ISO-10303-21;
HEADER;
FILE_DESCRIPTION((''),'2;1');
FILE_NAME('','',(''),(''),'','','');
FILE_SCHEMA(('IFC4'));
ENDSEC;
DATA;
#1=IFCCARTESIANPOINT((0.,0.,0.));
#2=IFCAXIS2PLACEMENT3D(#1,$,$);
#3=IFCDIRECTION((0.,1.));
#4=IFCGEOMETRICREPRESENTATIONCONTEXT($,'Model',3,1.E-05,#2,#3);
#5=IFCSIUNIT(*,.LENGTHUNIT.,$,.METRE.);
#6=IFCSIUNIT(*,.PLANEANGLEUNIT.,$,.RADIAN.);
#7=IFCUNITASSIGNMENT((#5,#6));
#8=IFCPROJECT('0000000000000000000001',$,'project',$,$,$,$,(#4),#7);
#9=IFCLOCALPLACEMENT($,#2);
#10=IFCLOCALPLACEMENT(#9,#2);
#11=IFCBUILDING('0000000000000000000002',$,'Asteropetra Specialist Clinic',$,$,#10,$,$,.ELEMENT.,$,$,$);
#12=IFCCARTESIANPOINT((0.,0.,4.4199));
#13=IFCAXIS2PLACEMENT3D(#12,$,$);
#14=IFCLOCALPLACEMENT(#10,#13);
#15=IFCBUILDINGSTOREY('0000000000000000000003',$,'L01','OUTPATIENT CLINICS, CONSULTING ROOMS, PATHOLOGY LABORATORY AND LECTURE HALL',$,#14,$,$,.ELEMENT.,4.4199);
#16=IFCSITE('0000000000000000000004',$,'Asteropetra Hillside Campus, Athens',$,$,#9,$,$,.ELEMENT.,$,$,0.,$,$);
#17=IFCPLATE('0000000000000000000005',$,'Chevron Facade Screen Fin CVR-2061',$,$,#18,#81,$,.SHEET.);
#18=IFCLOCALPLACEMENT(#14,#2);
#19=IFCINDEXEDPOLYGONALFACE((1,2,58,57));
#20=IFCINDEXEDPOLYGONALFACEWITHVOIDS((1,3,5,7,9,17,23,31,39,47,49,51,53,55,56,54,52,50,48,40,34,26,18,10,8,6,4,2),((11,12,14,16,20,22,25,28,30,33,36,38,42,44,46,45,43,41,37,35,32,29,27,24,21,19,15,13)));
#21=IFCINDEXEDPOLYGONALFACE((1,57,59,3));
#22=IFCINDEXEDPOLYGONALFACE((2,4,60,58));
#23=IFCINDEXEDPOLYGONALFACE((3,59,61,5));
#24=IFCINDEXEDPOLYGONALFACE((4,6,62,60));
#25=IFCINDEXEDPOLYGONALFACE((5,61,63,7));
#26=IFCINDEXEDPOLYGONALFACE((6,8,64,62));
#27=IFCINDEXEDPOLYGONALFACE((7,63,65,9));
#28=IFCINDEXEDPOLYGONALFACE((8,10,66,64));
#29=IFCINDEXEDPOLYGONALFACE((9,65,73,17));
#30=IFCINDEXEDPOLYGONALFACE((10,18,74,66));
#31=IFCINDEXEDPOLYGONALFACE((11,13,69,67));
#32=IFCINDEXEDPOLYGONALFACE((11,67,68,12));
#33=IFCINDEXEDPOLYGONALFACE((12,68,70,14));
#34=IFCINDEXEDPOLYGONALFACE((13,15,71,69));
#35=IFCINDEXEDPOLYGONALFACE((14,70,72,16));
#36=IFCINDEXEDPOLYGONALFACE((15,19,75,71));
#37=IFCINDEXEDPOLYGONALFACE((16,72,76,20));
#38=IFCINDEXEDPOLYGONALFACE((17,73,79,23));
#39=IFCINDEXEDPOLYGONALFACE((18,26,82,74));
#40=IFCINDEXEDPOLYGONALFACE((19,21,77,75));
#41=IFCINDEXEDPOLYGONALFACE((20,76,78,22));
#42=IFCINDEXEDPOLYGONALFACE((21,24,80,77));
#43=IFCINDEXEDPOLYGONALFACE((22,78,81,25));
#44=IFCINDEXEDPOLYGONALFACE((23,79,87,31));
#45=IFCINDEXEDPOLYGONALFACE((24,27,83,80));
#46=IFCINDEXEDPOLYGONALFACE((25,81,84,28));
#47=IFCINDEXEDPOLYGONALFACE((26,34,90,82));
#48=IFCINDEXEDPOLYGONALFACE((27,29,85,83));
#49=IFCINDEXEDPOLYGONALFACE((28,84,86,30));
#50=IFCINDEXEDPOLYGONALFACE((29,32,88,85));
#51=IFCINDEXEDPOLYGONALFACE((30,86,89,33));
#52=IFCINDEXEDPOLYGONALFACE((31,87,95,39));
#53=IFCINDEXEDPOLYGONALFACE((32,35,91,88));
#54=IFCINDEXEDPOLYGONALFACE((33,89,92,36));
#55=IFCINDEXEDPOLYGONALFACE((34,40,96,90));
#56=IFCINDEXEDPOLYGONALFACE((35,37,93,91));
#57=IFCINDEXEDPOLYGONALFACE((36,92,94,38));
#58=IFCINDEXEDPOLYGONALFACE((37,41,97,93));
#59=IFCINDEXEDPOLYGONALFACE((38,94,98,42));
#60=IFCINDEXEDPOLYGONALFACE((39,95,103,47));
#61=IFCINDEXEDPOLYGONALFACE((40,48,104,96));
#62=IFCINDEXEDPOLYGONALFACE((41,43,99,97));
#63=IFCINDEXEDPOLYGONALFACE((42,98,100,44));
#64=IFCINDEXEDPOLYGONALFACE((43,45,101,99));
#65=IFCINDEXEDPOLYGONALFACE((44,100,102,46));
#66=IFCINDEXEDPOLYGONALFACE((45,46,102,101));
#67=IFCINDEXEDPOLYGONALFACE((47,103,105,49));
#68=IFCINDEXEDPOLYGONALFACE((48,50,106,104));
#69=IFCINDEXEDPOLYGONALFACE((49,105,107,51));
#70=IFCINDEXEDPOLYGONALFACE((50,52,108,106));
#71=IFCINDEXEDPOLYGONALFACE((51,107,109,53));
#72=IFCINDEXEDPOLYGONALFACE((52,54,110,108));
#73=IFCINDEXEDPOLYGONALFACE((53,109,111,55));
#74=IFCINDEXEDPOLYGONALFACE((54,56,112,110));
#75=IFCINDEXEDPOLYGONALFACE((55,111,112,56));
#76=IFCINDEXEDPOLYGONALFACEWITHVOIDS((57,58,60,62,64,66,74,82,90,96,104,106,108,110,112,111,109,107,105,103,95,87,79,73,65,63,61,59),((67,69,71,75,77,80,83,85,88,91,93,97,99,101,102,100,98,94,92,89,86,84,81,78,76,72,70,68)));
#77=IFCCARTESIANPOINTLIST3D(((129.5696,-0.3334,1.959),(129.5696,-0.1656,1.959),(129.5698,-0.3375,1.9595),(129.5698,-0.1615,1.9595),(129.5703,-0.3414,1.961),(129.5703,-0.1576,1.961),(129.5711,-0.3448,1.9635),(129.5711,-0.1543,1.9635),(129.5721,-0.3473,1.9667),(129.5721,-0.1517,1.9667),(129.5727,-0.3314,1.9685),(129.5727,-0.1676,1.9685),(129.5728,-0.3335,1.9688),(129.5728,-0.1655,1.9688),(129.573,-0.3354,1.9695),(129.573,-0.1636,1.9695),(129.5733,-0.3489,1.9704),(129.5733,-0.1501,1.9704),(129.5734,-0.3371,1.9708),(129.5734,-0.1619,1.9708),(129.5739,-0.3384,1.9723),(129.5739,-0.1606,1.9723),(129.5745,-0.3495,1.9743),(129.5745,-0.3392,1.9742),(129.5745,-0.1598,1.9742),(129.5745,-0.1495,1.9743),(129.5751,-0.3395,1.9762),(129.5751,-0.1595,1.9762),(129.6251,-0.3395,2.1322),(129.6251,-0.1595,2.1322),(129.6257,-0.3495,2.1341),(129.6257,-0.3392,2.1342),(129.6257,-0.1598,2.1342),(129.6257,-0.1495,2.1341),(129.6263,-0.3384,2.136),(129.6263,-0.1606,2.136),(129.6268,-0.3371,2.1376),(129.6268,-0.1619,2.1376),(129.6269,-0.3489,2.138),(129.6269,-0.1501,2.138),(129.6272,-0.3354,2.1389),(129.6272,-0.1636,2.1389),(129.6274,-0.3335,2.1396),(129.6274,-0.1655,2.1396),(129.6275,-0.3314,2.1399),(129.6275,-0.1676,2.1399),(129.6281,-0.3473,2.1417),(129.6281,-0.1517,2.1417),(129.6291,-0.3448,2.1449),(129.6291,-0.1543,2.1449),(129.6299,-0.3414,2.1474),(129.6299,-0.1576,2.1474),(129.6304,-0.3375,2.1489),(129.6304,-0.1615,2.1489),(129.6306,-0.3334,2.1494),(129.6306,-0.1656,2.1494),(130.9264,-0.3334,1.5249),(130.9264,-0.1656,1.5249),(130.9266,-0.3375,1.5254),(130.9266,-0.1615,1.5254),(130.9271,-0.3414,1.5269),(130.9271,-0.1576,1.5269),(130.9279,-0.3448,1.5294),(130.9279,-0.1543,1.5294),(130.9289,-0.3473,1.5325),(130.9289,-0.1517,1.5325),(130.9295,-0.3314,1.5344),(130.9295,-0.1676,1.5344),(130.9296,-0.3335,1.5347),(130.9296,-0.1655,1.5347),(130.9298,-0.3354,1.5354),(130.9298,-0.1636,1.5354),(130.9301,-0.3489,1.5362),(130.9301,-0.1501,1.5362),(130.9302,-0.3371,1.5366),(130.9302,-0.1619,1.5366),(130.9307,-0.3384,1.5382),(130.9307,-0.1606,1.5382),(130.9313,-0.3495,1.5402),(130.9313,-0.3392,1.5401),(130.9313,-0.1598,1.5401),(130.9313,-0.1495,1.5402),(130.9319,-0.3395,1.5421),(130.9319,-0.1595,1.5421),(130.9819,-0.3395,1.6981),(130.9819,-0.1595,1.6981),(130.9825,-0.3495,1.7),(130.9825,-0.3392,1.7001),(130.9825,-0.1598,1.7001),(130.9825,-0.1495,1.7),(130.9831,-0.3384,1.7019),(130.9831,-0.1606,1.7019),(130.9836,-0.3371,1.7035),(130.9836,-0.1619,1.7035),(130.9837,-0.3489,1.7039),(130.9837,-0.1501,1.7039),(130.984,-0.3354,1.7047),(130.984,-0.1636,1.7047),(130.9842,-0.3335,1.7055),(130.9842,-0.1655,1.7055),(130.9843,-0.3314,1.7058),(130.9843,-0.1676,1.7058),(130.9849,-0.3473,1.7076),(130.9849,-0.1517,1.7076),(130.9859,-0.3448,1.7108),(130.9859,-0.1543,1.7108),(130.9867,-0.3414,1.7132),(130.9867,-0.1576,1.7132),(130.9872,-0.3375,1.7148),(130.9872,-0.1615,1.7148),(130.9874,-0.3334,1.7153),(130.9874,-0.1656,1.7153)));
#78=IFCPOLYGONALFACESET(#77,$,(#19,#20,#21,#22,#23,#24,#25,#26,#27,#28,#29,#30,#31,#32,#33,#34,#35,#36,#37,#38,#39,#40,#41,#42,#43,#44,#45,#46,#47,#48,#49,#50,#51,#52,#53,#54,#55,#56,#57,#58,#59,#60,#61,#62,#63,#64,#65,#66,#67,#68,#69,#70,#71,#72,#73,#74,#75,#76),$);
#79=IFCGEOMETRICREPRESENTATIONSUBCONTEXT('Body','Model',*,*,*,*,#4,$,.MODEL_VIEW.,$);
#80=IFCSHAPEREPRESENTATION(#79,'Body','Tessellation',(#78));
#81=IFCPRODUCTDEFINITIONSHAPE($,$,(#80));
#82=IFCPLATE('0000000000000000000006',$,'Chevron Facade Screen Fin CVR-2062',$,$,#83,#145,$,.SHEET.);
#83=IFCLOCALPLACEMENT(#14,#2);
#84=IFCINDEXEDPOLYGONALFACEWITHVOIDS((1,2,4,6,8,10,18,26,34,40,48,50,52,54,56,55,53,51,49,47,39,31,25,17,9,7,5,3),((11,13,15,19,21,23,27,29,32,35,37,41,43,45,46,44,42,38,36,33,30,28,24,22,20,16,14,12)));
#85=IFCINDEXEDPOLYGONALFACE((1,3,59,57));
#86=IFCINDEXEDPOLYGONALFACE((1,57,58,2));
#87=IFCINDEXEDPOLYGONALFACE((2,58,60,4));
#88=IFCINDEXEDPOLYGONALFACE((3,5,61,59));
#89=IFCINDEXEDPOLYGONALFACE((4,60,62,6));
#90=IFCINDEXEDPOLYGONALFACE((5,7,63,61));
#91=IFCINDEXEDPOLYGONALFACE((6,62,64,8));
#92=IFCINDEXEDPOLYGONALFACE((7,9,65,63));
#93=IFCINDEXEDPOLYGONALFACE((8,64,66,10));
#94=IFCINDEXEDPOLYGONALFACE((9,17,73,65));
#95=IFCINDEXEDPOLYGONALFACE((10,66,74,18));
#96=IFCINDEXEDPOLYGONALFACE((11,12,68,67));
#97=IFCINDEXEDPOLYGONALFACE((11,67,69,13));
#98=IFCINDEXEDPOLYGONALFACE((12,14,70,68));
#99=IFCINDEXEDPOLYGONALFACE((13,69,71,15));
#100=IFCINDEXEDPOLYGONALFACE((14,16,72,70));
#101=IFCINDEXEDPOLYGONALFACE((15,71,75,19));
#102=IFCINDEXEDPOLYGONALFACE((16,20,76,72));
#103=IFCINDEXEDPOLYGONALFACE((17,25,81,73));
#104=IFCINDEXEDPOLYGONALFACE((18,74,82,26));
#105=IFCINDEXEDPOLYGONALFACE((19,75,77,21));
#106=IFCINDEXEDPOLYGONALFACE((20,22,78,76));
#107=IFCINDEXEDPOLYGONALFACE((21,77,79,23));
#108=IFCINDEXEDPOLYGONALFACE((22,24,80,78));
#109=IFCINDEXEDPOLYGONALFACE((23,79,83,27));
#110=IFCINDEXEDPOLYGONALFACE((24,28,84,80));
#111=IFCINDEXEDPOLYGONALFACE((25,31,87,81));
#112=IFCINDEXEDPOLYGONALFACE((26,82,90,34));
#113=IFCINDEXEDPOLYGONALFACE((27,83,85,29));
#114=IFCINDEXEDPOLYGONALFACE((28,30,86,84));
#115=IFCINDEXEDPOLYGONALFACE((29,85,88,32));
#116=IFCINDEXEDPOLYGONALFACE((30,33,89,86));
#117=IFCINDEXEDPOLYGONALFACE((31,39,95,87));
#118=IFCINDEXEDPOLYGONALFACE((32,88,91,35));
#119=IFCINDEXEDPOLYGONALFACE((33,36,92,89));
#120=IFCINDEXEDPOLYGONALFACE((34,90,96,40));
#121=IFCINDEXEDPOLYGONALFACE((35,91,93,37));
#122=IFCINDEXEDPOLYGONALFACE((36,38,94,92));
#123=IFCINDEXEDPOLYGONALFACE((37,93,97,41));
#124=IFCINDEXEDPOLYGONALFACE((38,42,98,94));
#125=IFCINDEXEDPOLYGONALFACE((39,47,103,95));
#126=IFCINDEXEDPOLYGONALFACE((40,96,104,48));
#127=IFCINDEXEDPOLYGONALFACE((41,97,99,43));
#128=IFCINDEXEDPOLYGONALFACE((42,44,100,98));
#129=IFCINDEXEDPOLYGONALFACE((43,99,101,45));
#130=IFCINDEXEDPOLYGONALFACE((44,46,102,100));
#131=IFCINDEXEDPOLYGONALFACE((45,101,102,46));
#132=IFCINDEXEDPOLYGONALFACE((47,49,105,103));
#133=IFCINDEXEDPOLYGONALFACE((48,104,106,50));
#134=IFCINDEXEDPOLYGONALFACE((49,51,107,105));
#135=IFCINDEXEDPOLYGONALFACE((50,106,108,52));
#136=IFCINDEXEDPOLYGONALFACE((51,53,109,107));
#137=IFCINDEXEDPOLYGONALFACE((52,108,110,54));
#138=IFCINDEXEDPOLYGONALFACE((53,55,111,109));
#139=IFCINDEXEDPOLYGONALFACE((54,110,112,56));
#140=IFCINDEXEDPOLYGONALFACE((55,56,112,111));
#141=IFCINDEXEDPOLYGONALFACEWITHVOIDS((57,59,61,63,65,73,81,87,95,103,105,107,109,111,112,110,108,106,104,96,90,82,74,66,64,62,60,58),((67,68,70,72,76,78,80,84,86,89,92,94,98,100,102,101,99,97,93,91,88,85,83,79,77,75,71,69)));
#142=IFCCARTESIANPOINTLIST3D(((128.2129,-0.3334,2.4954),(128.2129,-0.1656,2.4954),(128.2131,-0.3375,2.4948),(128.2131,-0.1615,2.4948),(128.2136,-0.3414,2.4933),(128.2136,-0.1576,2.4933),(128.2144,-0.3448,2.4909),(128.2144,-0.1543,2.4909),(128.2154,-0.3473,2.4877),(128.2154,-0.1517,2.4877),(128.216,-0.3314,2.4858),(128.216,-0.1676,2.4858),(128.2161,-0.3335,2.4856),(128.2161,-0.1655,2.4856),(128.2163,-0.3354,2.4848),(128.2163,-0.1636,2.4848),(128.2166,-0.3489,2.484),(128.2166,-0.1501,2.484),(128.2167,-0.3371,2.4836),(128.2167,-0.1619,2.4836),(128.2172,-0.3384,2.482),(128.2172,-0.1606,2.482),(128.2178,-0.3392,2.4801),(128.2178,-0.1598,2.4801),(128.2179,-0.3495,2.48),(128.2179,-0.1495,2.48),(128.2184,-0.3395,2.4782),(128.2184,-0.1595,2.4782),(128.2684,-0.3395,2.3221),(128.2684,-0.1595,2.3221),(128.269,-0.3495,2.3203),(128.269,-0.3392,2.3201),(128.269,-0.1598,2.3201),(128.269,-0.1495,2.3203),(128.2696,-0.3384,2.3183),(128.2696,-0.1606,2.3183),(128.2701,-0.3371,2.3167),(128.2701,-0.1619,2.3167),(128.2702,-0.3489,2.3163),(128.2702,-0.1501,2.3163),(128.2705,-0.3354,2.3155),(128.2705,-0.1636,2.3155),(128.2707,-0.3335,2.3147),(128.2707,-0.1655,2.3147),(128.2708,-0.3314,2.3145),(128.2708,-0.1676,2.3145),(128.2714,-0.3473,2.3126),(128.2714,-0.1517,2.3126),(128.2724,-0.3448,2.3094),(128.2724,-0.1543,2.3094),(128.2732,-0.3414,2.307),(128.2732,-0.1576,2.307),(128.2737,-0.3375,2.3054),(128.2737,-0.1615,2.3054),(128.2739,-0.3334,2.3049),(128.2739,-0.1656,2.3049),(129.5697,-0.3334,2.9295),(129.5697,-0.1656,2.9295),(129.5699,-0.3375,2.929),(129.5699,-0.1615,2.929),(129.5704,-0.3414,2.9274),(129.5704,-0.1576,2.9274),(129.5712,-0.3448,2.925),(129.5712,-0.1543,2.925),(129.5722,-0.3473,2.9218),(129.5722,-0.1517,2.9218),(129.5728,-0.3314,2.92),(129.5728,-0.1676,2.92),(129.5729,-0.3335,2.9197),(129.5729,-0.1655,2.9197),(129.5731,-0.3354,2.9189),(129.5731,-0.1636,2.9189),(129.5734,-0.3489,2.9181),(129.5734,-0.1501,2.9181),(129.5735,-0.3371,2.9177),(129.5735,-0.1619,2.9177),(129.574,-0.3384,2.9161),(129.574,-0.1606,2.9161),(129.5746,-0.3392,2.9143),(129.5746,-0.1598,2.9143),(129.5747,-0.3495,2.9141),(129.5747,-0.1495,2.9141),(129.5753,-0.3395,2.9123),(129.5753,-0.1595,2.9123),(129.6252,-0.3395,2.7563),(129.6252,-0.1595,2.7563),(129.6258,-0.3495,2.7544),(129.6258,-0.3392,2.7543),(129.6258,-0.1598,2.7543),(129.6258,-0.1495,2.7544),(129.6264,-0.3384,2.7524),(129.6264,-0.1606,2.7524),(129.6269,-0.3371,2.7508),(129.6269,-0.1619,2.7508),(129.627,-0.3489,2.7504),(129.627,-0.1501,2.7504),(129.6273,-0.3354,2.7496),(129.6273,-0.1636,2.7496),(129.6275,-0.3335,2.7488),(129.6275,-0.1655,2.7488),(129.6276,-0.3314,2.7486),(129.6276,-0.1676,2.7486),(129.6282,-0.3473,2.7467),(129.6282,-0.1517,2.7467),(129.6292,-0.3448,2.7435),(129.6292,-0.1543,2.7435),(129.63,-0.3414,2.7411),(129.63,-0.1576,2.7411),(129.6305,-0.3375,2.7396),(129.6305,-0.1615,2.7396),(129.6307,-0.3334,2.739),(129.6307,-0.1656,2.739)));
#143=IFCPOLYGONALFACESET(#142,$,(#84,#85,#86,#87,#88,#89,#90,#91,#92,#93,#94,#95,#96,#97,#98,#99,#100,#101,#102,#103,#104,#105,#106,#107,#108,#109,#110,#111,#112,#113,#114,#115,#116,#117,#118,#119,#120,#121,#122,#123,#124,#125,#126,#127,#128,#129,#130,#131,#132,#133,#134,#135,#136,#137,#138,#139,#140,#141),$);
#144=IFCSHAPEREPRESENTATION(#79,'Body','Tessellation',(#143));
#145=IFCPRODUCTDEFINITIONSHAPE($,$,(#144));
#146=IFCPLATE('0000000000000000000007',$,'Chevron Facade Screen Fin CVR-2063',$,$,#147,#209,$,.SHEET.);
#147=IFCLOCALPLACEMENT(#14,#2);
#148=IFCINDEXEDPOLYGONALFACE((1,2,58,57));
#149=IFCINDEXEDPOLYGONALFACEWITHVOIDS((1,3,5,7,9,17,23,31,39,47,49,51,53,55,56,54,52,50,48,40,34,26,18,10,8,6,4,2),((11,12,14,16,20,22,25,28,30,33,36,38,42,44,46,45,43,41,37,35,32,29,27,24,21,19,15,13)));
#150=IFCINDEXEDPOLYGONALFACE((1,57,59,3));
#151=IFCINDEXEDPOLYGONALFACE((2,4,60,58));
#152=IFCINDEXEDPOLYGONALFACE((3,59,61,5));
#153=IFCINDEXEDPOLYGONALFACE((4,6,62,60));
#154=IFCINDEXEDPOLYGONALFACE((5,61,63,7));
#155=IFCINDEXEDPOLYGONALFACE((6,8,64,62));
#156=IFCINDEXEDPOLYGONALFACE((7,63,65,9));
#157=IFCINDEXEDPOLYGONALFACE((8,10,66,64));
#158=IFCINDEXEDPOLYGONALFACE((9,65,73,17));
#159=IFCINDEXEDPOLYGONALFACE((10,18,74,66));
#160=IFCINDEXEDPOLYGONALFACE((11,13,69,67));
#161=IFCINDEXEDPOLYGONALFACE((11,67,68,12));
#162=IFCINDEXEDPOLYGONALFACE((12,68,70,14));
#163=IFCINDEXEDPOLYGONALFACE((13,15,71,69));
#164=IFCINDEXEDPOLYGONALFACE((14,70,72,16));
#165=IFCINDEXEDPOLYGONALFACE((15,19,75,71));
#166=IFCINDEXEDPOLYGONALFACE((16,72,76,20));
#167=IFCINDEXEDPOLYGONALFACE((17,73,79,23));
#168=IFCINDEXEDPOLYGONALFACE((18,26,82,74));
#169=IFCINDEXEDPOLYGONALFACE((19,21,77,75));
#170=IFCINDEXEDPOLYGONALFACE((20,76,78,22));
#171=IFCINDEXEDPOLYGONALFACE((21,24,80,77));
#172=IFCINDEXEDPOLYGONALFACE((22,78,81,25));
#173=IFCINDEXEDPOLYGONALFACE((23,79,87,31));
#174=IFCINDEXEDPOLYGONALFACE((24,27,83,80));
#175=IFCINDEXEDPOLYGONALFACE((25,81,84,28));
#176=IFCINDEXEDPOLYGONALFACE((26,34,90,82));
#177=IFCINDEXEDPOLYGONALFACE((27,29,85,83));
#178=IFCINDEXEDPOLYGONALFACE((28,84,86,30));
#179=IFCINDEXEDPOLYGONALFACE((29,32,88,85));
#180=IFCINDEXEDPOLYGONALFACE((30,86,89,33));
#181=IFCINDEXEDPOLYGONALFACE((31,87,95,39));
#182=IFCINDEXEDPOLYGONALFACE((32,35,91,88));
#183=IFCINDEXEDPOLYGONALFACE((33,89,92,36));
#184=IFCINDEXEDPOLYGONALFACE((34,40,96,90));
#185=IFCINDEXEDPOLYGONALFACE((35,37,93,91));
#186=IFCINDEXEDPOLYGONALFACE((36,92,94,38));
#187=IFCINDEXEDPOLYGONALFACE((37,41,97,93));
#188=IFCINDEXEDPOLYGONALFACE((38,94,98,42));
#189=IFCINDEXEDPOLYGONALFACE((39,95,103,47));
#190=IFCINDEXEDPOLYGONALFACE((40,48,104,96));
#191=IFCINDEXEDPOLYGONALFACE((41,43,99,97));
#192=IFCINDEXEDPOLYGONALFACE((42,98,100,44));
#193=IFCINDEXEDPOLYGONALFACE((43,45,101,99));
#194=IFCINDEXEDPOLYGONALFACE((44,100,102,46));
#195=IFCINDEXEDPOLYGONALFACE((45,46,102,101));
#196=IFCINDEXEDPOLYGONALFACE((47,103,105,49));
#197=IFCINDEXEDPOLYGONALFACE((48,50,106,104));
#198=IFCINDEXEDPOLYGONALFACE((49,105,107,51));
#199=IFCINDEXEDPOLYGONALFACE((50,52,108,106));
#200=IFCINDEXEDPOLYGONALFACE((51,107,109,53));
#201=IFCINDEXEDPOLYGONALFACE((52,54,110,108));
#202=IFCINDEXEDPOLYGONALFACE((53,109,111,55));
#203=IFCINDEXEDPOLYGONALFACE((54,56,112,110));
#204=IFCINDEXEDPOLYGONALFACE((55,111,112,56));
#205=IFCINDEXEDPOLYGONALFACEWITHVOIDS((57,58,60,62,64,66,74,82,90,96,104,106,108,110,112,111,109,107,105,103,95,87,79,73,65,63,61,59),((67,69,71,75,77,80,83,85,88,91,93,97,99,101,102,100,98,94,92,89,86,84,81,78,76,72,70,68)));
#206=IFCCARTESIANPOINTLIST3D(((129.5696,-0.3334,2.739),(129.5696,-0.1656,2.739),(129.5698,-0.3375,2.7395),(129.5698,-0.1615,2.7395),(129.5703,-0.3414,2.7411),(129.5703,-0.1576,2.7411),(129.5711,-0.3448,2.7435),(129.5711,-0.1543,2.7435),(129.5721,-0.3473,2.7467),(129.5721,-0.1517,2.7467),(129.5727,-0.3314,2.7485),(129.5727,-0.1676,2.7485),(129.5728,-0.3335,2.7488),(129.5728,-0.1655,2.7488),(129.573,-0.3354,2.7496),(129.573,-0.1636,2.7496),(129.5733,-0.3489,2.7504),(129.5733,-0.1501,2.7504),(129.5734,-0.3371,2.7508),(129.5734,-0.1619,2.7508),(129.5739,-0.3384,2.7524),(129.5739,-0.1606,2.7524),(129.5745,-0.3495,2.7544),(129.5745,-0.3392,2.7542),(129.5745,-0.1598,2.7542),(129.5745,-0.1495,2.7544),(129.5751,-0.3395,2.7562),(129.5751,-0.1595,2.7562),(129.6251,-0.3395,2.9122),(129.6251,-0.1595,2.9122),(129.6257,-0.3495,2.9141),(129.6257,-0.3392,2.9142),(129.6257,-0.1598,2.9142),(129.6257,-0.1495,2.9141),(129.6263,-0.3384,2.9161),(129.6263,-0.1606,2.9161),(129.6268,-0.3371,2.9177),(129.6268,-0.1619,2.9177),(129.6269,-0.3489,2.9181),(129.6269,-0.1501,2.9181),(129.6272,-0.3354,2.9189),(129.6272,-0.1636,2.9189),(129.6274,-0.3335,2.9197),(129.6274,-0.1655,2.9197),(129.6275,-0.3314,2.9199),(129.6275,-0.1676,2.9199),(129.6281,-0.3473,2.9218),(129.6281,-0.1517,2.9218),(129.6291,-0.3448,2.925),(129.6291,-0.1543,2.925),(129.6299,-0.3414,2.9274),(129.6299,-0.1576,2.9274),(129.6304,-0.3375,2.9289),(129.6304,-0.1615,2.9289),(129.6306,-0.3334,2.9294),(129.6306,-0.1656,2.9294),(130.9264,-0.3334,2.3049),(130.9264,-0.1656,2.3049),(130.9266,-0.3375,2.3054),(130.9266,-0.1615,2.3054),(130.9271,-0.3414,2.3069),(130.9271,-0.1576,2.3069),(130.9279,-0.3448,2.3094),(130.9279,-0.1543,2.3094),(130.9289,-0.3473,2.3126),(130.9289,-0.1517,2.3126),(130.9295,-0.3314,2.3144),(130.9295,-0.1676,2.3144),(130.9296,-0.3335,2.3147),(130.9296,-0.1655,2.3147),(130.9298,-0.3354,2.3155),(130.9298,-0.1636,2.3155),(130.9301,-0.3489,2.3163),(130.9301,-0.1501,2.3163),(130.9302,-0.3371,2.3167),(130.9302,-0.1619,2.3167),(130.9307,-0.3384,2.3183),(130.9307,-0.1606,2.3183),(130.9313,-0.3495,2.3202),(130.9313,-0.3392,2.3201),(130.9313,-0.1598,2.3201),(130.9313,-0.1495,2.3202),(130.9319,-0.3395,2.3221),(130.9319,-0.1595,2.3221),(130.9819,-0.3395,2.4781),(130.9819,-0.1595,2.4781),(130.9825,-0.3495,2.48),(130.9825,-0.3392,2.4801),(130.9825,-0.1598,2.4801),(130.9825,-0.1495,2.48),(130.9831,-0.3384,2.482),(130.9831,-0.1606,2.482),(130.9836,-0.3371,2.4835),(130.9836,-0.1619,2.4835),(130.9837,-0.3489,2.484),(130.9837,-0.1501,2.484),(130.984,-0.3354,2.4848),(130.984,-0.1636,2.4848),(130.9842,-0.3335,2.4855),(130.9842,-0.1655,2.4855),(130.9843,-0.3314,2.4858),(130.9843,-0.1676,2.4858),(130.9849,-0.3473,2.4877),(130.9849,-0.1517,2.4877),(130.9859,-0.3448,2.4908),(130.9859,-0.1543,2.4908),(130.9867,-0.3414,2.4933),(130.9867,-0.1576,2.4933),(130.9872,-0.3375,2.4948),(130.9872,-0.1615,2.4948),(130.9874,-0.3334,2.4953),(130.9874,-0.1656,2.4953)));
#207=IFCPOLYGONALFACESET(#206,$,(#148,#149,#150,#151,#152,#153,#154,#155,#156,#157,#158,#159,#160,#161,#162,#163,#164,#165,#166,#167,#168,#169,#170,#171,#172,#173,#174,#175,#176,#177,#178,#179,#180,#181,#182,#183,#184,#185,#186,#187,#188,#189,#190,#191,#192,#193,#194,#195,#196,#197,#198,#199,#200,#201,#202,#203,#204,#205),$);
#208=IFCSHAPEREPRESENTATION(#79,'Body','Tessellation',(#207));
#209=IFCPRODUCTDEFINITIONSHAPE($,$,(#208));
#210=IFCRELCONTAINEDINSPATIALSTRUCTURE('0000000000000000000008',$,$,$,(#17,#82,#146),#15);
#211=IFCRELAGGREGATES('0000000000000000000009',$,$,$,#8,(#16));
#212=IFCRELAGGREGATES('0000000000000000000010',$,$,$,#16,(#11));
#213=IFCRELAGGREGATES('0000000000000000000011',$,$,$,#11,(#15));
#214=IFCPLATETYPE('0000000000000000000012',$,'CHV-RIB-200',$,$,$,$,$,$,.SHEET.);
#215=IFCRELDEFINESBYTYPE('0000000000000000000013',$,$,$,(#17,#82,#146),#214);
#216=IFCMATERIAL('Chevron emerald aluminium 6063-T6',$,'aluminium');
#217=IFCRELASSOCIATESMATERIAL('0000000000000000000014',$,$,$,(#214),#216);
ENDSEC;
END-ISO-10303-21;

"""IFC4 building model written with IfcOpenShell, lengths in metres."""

from ifc_helpers import new_model, si_unit, direction, frame, origin, origin_2d, place, context, subcontext, project, spatial, hollow_rectangle, extrude, material, material_profile, profile_set, type_object, element, save


model = new_model("IFC4")

# Units and contexts
model_context = context("Model", 3, precision=1e-05, world=origin(), true_north=direction((0.0, 1.0)))
body_context = subcontext(model_context, "Body", "Model", "MODEL_VIEW")
ifc_project = project(units=[si_unit("LENGTHUNIT", "METRE"), si_unit("PLANEANGLEUNIT", "RADIAN")], contexts=[model_context])

# Site, building, storey
site_placement = place(None, origin())
site = spatial("IfcSite", under=ifc_project, at=site_placement, Name="Asteropetra Hillside Campus, Athens", CompositionType="ELEMENT", RefElevation=0.0)
building_placement = place(site_placement, origin())
building = spatial("IfcBuilding", under=site, at=building_placement, Name="Asteropetra Specialist Clinic", CompositionType="ELEMENT")
storey_placement = place(building_placement, frame((0.0, 0.0, 4.4199)))
storey = spatial("IfcBuildingStorey", under=building, at=storey_placement, Name="L01", Description="OUTPATIENT CLINICS, CONSULTING ROOMS, PATHOLOGY LABORATORY AND LECTURE HALL", CompositionType="ELEMENT", Elevation=4.4199)

# Plates
ifc_material_1 = material(Name="Chevron emerald aluminium 6063-T6", Category="aluminium")
ifc_material_profile = material_profile(ifc_material_1, hollow_rectangle(XDim=0.2, YDim=0.2, WallThickness=0.01, InnerFilletRadius=0.0081, OuterFilletRadius=0.0161, at=origin_2d()), Name="SHS 200x200x10.0")
ifc_profile_set = profile_set([ifc_material_profile], Name="Chevron emerald aluminium 6063-T6")
plate_type = type_object("IfcPlateType", Name="CHV-RIB-200", PredefinedType="SHEET", material=ifc_profile_set)
for number, where, z_axis, x_axis, name in (
    (1, (129.6001, -0.2495, 2.0542), (0.952436, 0.0, -0.304738), (0.0, 1.0, 0.0), "Chevron Facade Screen Fin CVR-2061"),
    (2, (128.2434, -0.2495, 2.4001), (0.952436, 0.0, 0.304738), (0.0, 1.0, 0.0), "Chevron Facade Screen Fin CVR-2062"),
    (3, (129.6001, -0.2495, 2.8342), (0.952436, 0.0, -0.304738), (0.0, 1.0, 0.0), "Chevron Facade Screen Fin CVR-2063"),
):
    element("IfcPlate", number, at=place(storey_placement, frame(where, z_axis=z_axis, x_axis=x_axis)), inside=storey, type_object=plate_type, Name=name, PredefinedType="SHEET", context=body_context, shape_type="SweptSolid", body=[
        extrude(hollow_rectangle(XDim=0.2, YDim=0.2, WallThickness=0.01, InnerFilletRadius=0.0081, OuterFilletRadius=0.0161, at=origin_2d()), origin(), (0.0, 0.0, 1.0), 1.4246),
    ])

save(model, "model.ifc")
